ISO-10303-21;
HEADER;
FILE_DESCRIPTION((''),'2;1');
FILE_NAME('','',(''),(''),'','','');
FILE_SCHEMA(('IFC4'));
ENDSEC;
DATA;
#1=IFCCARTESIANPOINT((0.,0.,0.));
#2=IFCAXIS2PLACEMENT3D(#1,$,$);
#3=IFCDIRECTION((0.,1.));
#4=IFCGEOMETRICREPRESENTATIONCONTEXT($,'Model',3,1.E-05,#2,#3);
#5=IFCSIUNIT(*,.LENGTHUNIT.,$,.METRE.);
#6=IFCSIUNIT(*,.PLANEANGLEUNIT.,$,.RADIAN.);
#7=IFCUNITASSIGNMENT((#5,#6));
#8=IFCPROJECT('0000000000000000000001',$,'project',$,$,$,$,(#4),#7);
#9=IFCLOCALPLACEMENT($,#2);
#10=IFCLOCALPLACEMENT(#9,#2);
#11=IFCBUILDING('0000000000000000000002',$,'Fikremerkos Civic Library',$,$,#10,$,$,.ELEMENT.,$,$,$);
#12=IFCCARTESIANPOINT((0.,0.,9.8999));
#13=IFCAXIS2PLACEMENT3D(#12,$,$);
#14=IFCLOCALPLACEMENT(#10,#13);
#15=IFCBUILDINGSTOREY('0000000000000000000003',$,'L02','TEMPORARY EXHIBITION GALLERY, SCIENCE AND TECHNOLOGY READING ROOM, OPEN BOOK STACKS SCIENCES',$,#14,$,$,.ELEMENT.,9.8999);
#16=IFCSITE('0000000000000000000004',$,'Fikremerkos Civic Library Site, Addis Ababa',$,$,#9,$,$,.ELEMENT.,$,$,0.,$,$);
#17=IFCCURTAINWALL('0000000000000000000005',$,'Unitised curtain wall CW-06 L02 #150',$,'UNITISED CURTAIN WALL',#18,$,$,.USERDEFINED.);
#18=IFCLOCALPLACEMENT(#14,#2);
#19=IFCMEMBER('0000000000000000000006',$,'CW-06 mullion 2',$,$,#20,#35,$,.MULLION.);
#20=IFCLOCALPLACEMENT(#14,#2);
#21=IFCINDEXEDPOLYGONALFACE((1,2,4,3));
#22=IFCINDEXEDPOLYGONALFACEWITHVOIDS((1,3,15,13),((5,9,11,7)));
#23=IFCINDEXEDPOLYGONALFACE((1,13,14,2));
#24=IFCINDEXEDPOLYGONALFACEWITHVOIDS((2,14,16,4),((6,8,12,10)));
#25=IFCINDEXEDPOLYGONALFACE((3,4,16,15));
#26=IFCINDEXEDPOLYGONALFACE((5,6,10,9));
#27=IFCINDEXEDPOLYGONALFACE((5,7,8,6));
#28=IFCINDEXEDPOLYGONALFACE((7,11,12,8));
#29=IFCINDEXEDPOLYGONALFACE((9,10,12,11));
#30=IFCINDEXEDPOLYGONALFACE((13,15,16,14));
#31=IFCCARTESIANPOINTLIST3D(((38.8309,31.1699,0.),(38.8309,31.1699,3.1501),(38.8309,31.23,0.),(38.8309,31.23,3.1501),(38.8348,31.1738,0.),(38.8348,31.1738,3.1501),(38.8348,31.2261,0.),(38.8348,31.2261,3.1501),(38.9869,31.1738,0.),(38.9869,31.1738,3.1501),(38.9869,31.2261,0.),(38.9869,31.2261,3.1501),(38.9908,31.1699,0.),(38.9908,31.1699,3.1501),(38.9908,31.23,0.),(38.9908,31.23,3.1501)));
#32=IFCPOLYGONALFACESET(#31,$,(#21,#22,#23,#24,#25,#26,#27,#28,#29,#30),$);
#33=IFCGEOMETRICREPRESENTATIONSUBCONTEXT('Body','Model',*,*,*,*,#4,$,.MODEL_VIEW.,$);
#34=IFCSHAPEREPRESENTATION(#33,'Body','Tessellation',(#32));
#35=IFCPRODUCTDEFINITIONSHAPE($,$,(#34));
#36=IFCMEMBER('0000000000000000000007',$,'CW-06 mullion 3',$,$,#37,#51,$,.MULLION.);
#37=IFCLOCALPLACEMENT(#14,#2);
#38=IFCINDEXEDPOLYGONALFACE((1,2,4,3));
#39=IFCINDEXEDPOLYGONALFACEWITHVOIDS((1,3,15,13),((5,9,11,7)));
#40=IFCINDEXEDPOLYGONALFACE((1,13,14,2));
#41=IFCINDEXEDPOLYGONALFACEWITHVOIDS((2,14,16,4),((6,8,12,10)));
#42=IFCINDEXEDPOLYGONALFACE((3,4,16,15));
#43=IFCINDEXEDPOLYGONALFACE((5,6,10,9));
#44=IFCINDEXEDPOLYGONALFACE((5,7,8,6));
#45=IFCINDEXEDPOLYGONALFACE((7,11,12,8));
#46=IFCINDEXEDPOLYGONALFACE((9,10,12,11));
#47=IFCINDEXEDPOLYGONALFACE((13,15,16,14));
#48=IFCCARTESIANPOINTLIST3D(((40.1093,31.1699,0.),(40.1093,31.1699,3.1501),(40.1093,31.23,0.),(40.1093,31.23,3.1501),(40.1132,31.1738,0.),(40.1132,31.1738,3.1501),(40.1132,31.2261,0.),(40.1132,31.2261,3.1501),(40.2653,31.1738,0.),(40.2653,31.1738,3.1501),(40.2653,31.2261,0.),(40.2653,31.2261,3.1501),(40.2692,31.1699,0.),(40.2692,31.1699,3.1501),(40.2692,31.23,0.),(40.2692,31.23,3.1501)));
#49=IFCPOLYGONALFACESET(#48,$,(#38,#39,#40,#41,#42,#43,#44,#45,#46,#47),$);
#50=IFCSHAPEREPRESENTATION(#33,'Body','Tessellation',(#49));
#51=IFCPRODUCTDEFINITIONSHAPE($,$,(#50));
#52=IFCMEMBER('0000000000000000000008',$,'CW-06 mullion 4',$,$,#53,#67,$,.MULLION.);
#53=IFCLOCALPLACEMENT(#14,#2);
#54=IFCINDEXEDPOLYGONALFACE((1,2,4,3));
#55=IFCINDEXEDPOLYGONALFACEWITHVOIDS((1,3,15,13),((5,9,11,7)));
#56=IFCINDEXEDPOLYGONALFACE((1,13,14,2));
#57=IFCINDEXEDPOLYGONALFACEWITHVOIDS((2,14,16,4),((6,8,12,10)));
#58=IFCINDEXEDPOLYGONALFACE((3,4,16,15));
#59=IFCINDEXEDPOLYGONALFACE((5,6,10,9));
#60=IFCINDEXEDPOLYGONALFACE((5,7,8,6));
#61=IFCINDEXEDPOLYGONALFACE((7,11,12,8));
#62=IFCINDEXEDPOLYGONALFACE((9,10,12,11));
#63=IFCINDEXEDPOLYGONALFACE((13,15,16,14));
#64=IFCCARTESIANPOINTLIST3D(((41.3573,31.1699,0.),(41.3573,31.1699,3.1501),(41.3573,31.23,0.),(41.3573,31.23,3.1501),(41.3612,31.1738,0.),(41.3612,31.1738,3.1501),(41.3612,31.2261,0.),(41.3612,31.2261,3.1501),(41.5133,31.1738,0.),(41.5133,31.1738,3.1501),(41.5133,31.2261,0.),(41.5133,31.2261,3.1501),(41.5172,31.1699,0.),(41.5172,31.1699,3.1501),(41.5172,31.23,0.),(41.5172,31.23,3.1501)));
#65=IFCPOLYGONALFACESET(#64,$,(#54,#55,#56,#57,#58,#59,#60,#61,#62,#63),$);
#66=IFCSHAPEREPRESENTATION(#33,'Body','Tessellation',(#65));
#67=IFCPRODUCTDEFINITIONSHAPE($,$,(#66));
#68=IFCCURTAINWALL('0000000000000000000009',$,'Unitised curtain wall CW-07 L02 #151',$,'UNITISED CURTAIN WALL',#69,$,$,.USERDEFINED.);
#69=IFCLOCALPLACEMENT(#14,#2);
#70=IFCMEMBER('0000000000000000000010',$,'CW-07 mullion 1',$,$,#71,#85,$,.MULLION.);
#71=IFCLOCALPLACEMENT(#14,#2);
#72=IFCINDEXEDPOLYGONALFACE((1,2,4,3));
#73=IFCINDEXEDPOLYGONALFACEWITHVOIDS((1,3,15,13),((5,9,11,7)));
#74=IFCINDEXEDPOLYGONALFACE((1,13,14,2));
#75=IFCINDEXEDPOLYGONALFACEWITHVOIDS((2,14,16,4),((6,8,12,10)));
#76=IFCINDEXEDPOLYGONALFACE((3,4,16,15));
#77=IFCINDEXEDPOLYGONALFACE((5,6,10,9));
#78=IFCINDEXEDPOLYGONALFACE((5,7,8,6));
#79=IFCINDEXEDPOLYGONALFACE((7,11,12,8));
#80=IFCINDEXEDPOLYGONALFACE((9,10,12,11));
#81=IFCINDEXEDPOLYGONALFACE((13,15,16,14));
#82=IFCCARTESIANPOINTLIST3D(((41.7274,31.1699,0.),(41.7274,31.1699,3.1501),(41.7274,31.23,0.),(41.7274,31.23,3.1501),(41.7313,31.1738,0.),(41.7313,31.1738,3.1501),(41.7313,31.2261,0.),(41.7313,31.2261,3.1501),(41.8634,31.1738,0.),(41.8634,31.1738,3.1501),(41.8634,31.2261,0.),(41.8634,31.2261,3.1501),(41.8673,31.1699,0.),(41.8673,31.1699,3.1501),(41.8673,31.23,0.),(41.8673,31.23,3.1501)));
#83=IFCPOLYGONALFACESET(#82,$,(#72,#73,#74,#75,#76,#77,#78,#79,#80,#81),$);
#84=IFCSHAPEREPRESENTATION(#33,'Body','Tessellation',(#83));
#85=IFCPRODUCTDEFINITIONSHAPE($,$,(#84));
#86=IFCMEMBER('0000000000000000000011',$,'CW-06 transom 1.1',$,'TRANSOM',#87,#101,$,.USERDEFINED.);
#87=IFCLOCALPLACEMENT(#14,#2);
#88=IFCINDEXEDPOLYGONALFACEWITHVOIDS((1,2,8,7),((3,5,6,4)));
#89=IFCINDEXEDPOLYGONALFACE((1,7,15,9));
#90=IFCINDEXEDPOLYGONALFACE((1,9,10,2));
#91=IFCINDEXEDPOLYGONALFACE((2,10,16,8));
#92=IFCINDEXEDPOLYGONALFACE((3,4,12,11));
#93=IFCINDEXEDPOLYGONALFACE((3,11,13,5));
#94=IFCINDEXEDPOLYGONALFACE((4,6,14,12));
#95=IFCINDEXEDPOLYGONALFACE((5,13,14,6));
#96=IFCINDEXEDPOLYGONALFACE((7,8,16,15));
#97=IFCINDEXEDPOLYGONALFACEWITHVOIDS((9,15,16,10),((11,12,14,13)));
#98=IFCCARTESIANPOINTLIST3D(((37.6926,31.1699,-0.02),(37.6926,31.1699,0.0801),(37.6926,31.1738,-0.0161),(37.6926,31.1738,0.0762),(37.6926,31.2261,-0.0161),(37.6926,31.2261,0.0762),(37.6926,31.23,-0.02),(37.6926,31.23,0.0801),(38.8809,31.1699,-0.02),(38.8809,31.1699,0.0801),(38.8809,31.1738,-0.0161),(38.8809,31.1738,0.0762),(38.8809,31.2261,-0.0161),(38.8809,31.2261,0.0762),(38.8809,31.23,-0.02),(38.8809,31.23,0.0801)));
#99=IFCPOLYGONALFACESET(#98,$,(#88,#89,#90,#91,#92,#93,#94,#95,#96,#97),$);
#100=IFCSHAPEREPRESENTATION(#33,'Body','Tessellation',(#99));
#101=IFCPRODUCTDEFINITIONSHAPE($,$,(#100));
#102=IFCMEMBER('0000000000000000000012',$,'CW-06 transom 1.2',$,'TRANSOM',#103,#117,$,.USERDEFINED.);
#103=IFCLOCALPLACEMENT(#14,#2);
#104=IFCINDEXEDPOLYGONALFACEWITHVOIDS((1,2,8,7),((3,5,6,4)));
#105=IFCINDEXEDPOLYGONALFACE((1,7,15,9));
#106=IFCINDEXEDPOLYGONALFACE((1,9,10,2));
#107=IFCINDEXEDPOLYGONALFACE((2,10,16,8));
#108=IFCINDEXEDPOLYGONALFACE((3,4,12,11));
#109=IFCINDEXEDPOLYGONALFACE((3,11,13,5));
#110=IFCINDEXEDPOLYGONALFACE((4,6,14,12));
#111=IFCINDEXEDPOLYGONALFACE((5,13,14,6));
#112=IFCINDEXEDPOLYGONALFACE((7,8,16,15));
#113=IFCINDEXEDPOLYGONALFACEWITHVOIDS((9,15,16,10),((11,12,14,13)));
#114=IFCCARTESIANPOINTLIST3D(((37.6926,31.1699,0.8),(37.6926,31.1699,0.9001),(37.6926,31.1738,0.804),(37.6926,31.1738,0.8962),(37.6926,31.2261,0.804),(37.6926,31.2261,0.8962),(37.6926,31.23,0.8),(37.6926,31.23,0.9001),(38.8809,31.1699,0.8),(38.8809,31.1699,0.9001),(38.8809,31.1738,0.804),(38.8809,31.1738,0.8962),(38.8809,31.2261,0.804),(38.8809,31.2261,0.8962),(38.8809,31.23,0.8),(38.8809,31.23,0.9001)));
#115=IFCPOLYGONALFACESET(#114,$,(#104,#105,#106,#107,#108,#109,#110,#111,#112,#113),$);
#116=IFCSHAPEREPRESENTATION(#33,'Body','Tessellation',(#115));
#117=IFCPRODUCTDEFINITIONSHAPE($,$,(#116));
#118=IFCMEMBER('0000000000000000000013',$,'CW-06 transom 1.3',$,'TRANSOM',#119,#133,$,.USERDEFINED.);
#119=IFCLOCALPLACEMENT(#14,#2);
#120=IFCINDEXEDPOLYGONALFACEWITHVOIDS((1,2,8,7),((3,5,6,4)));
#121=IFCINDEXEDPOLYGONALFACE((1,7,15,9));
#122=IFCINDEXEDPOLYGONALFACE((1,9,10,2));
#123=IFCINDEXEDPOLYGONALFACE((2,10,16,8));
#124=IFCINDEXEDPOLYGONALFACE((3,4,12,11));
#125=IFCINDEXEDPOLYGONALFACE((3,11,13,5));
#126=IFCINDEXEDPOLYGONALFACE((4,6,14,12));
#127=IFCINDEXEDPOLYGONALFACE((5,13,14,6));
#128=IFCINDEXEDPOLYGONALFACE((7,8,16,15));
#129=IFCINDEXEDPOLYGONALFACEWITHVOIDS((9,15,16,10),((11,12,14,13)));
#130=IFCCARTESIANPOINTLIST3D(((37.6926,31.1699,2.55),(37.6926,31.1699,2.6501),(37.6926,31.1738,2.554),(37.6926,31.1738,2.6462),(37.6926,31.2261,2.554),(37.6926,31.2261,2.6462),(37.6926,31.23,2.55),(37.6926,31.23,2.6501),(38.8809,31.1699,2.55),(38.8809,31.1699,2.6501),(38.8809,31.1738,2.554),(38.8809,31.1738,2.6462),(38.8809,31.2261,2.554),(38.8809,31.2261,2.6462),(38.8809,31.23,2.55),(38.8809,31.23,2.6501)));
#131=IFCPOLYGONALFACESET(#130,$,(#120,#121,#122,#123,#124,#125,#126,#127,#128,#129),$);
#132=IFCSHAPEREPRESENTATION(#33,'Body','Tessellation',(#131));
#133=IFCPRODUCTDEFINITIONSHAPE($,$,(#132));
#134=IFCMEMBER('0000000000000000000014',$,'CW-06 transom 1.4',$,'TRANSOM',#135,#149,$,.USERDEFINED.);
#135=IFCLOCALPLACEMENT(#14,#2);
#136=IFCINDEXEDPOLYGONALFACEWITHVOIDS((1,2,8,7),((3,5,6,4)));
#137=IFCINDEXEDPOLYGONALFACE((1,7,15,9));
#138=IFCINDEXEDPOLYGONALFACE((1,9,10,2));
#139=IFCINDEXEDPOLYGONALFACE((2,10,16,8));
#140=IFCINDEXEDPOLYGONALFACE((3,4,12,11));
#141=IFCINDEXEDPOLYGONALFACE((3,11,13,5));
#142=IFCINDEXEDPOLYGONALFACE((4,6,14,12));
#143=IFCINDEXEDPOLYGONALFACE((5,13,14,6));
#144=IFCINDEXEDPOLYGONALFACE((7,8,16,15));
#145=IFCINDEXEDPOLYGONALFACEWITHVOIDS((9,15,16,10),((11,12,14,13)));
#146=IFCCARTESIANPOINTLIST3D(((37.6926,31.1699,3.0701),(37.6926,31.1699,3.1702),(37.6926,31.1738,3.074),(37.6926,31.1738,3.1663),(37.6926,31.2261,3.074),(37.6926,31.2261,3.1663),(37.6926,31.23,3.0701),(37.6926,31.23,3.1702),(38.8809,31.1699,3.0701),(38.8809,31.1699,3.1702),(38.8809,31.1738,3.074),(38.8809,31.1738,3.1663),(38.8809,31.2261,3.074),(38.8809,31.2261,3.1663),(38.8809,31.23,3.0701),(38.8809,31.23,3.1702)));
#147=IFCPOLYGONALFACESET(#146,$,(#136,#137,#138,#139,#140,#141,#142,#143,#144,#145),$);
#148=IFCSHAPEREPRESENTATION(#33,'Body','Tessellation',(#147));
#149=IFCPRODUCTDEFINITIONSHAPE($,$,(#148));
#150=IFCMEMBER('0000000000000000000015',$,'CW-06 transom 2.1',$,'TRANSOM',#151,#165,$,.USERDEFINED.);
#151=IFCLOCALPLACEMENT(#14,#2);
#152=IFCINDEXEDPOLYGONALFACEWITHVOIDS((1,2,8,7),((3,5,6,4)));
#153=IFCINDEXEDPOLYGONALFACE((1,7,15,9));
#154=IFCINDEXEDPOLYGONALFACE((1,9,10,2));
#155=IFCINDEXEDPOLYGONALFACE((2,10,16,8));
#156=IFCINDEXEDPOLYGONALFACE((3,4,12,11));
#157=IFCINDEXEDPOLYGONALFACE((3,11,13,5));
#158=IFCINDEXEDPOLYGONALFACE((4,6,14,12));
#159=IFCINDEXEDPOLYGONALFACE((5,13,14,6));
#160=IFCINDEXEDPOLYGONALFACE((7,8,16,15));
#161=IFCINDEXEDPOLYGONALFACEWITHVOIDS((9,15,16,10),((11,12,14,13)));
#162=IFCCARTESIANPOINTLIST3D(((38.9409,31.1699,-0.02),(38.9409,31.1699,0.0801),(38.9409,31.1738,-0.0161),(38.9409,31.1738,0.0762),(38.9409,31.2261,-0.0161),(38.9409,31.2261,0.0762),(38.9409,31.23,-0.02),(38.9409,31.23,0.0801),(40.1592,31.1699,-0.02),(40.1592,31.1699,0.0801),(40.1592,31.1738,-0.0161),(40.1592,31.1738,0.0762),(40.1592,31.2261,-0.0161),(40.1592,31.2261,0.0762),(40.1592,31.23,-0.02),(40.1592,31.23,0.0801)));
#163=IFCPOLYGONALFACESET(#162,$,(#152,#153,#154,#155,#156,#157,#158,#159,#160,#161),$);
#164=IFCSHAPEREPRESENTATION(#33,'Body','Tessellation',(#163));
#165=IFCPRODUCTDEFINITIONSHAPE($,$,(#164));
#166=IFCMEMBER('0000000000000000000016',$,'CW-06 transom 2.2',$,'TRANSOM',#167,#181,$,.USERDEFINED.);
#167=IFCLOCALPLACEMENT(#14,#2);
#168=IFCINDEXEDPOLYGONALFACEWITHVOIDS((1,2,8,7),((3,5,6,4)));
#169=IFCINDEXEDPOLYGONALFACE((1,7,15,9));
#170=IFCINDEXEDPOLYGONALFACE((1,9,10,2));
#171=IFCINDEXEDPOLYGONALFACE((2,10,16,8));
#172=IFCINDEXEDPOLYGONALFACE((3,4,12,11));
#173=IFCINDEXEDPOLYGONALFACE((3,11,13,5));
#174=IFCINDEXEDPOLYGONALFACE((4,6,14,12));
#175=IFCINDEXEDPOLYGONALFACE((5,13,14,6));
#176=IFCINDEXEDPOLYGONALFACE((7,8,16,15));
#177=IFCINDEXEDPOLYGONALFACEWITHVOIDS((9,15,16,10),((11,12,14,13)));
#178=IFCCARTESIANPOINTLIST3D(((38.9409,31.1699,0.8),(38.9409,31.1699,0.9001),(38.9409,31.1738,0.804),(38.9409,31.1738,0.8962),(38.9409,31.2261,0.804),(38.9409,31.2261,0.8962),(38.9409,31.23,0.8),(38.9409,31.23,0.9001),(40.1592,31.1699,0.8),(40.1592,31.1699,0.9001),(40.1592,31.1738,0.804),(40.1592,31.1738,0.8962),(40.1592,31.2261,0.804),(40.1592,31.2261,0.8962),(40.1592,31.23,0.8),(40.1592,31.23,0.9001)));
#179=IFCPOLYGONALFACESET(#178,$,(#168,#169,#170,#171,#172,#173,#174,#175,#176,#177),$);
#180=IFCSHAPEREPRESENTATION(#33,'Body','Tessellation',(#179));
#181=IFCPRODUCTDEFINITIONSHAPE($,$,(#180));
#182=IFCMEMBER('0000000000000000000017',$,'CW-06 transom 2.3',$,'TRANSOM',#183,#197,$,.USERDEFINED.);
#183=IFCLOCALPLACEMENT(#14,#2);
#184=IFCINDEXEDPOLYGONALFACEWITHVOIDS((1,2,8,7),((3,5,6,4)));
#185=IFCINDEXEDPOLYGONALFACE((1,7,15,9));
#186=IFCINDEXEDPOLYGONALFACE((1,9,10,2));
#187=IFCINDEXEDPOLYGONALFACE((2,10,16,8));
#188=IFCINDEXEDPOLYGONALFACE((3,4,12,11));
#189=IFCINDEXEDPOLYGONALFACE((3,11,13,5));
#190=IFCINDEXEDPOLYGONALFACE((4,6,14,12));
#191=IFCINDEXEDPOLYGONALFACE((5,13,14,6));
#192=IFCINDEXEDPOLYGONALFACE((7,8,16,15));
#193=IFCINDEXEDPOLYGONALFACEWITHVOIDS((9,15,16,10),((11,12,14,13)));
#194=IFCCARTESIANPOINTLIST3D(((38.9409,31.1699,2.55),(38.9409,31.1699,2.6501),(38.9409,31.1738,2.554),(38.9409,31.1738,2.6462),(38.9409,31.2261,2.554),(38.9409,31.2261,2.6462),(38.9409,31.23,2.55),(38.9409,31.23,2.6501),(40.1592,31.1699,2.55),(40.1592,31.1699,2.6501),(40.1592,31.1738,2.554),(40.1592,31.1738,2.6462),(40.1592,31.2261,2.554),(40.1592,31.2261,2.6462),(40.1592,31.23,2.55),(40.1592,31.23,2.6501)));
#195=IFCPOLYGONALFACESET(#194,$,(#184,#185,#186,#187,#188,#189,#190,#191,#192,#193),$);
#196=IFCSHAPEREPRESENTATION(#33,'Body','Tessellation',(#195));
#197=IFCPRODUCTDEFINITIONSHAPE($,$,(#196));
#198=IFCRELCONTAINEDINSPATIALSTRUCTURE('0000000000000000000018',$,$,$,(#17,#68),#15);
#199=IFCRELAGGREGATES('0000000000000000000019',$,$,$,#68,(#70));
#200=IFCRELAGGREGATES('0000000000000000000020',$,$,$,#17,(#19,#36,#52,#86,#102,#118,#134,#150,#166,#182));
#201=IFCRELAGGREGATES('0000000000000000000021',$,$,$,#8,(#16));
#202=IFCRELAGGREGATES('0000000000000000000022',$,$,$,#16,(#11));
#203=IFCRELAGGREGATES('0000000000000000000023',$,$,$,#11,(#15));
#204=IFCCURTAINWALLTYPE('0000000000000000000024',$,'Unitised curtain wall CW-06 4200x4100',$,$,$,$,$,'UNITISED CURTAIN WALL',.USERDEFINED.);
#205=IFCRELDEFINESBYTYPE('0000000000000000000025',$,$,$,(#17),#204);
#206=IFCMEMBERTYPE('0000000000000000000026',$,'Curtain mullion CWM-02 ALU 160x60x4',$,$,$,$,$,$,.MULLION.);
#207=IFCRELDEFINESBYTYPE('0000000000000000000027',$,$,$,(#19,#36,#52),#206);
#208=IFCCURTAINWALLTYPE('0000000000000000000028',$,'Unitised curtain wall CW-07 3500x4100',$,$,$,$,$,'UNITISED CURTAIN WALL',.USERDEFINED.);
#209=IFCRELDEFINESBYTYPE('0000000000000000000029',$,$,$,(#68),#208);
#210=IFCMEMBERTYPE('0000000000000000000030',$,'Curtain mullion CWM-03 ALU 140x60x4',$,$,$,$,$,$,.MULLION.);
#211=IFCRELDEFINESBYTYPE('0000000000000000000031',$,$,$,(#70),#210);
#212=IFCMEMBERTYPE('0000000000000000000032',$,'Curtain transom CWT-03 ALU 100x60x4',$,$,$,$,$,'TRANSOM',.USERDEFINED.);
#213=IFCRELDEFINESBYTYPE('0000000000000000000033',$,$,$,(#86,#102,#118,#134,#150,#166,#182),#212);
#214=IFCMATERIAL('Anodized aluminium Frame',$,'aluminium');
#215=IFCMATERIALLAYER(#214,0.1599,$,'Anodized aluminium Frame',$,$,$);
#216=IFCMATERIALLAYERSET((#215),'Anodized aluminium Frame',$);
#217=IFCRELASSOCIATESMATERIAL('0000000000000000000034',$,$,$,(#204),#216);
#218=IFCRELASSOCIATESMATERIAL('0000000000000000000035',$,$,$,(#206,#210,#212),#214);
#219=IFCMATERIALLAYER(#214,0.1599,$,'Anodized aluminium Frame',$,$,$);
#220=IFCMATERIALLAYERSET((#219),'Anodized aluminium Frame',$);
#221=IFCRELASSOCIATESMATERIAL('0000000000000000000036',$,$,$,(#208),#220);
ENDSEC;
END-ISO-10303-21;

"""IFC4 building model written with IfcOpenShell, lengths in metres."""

from ifc_helpers import new_model, si_unit, direction, frame, origin, origin_2d, place, context, subcontext, project, spatial, hollow_rectangle, extrude, material, layer, layer_set, material_profile, profile_set, type_object, element, aggregate, save


model = new_model("IFC4")

# Units and contexts
model_context = context("Model", 3, precision=1e-05, world=origin(), true_north=direction((0.0, 1.0)))
body_context = subcontext(model_context, "Body", "Model", "MODEL_VIEW")
ifc_project = project(units=[si_unit("LENGTHUNIT", "METRE"), si_unit("PLANEANGLEUNIT", "RADIAN")], contexts=[model_context])

# Site, building, storey
site_placement = place(None, origin())
site = spatial("IfcSite", under=ifc_project, at=site_placement, Name="Fikremerkos Civic Library Site, Addis Ababa", CompositionType="ELEMENT", RefElevation=0.0)
building_placement = place(site_placement, origin())
building = spatial("IfcBuilding", under=site, at=building_placement, Name="Fikremerkos Civic Library", CompositionType="ELEMENT")
storey_placement = place(building_placement, frame((0.0, 0.0, 9.8999)))
storey = spatial("IfcBuildingStorey", under=building, at=storey_placement, Name="L02", Description="TEMPORARY EXHIBITION GALLERY, SCIENCE AND TECHNOLOGY READING ROOM, OPEN BOOK STACKS SCIENCES", CompositionType="ELEMENT", Elevation=9.8999)

# Curtain wall, members
ifc_material_1 = material(Name="Anodized aluminium Frame", Category="aluminium")
ifc_layer_1 = layer(ifc_material_1, 0.1599, Name="Anodized aluminium Frame")
ifc_layer_set_1 = layer_set([ifc_layer_1], Name="Anodized aluminium Frame")
curtain_wall_type_1 = type_object("IfcCurtainWallType", Name="Unitised curtain wall CW-06 4200x4100", ElementType="UNITISED CURTAIN WALL", PredefinedType="USERDEFINED", material=ifc_layer_set_1)
curtain_wall_1_placement = place(storey_placement, origin())
curtain_wall_1 = element("IfcCurtainWall", 1, at=curtain_wall_1_placement, inside=storey, type_object=curtain_wall_type_1, Name="Unitised curtain wall CW-06 L02 #150", ObjectType="UNITISED CURTAIN WALL", PredefinedType="USERDEFINED")
ifc_material_profile_1 = material_profile(ifc_material_1, hollow_rectangle(XDim=0.0601, YDim=0.1599, WallThickness=0.0039, at=origin_2d()), Name="ALU 160x60x4")
ifc_profile_set_1 = profile_set([ifc_material_profile_1], Name="Anodized aluminium Frame")
member_type_1 = type_object("IfcMemberType", Name="Curtain mullion CWM-02 ALU 160x60x4", PredefinedType="MULLION", material=ifc_profile_set_1)
member_1_placement = place(storey_placement, frame((38.9109, 31.2, 0.0), z_axis=(0.0, 0.0, 1.0), x_axis=(0.0, 1.0, 0.0)))
member_1 = element("IfcMember", 2, at=member_1_placement, type_object=member_type_1, Name="CW-06 mullion 2", PredefinedType="MULLION", context=body_context, shape_type="SweptSolid", body=[
    extrude(hollow_rectangle(XDim=0.0601, YDim=0.1599, WallThickness=0.0039, at=origin_2d()), origin(), (0.0, 0.0, 1.0), 3.1501),
])
member_2_placement = place(storey_placement, frame((40.1892, 31.2, 0.0), z_axis=(0.0, 0.0, 1.0), x_axis=(0.0, 1.0, 0.0)))
member_2 = element("IfcMember", 3, at=member_2_placement, type_object=member_type_1, Name="CW-06 mullion 3", PredefinedType="MULLION", context=body_context, shape_type="SweptSolid", body=[
    extrude(hollow_rectangle(XDim=0.0601, YDim=0.1599, WallThickness=0.0039, at=origin_2d()), origin(), (0.0, 0.0, 1.0), 3.1501),
])
member_3_placement = place(storey_placement, frame((41.4373, 31.2, 0.0), z_axis=(0.0, 0.0, 1.0), x_axis=(0.0, 1.0, 0.0)))
member_3 = element("IfcMember", 4, at=member_3_placement, type_object=member_type_1, Name="CW-06 mullion 4", PredefinedType="MULLION", context=body_context, shape_type="SweptSolid", body=[
    extrude(hollow_rectangle(XDim=0.0601, YDim=0.1599, WallThickness=0.0039, at=origin_2d()), origin(), (0.0, 0.0, 1.0), 3.1501),
])

# Curtain wall, member
ifc_layer_2 = layer(ifc_material_1, 0.1599, Name="Anodized aluminium Frame")
ifc_layer_set_2 = layer_set([ifc_layer_2], Name="Anodized aluminium Frame")
curtain_wall_type_2 = type_object("IfcCurtainWallType", Name="Unitised curtain wall CW-07 3500x4100", ElementType="UNITISED CURTAIN WALL", PredefinedType="USERDEFINED", material=ifc_layer_set_2)
curtain_wall_2_placement = place(storey_placement, origin())
curtain_wall_2 = element("IfcCurtainWall", 5, at=curtain_wall_2_placement, inside=storey, type_object=curtain_wall_type_2, Name="Unitised curtain wall CW-07 L02 #151", ObjectType="UNITISED CURTAIN WALL", PredefinedType="USERDEFINED")
ifc_material_profile_2 = material_profile(ifc_material_1, hollow_rectangle(XDim=0.0601, YDim=0.1399, WallThickness=0.0039, at=origin_2d()), Name="ALU 140x60x4")
ifc_profile_set_2 = profile_set([ifc_material_profile_2], Name="Anodized aluminium Frame")
member_type_2 = type_object("IfcMemberType", Name="Curtain mullion CWM-03 ALU 140x60x4", PredefinedType="MULLION", material=ifc_profile_set_2)
member_4_placement = place(storey_placement, frame((41.7974, 31.2, 0.0), z_axis=(0.0, 0.0, 1.0), x_axis=(0.0, 1.0, 0.0)))
member_4 = element("IfcMember", 6, at=member_4_placement, type_object=member_type_2, Name="CW-07 mullion 1", PredefinedType="MULLION", context=body_context, shape_type="SweptSolid", body=[
    extrude(hollow_rectangle(XDim=0.0601, YDim=0.1399, WallThickness=0.0039, at=origin_2d()), origin(), (0.0, 0.0, 1.0), 3.1501),
])
aggregate(curtain_wall_2, [member_4])

# Members
ifc_material_profile_3 = material_profile(ifc_material_1, hollow_rectangle(XDim=0.0601, YDim=0.1001, WallThickness=0.0039, at=origin_2d()), Name="ALU 100x60x4")
ifc_profile_set_3 = profile_set([ifc_material_profile_3], Name="Anodized aluminium Frame")
member_type_3 = type_object("IfcMemberType", Name="Curtain transom CWT-03 ALU 100x60x4", ElementType="TRANSOM", PredefinedType="USERDEFINED", material=ifc_profile_set_3)
member_5_placement = place(storey_placement, frame((37.6926, 31.2, 0.03), z_axis=(1.0, 0.0, 0.0), x_axis=(0.0, 1.0, 0.0)))
member_5 = element("IfcMember", 7, at=member_5_placement, type_object=member_type_3, Name="CW-06 transom 1.1", ObjectType="TRANSOM", PredefinedType="USERDEFINED", context=body_context, shape_type="SweptSolid", body=[
    extrude(hollow_rectangle(XDim=0.0601, YDim=0.1001, WallThickness=0.0039, at=origin_2d()), origin(), (0.0, 0.0, 1.0), 1.1882),
])
member_6_placement = place(storey_placement, frame((37.6926, 31.2, 0.8501), z_axis=(1.0, 0.0, 0.0), x_axis=(0.0, 1.0, 0.0)))
member_6 = element("IfcMember", 8, at=member_6_placement, type_object=member_type_3, Name="CW-06 transom 1.2", ObjectType="TRANSOM", PredefinedType="USERDEFINED", context=body_context, shape_type="SweptSolid", body=[
    extrude(hollow_rectangle(XDim=0.0601, YDim=0.1001, WallThickness=0.0039, at=origin_2d()), origin(), (0.0, 0.0, 1.0), 1.1882),
])
member_7_placement = place(storey_placement, frame((37.6926, 31.2, 2.6001), z_axis=(1.0, 0.0, 0.0), x_axis=(0.0, 1.0, 0.0)))
member_7 = element("IfcMember", 9, at=member_7_placement, type_object=member_type_3, Name="CW-06 transom 1.3", ObjectType="TRANSOM", PredefinedType="USERDEFINED", context=body_context, shape_type="SweptSolid", body=[
    extrude(hollow_rectangle(XDim=0.0601, YDim=0.1001, WallThickness=0.0039, at=origin_2d()), origin(), (0.0, 0.0, 1.0), 1.1882),
])
member_8_placement = place(storey_placement, frame((37.6926, 31.2, 3.1201), z_axis=(1.0, 0.0, 0.0), x_axis=(0.0, 1.0, 0.0)))
member_8 = element("IfcMember", 10, at=member_8_placement, type_object=member_type_3, Name="CW-06 transom 1.4", ObjectType="TRANSOM", PredefinedType="USERDEFINED", context=body_context, shape_type="SweptSolid", body=[
    extrude(hollow_rectangle(XDim=0.0601, YDim=0.1001, WallThickness=0.0039, at=origin_2d()), origin(), (0.0, 0.0, 1.0), 1.1882),
])
member_9_placement = place(storey_placement, frame((38.9409, 31.2, 0.03), z_axis=(1.0, 0.0, 0.0), x_axis=(0.0, 1.0, 0.0)))
member_9 = element("IfcMember", 11, at=member_9_placement, type_object=member_type_3, Name="CW-06 transom 2.1", ObjectType="TRANSOM", PredefinedType="USERDEFINED", context=body_context, shape_type="SweptSolid", body=[
    extrude(hollow_rectangle(XDim=0.0601, YDim=0.1001, WallThickness=0.0039, at=origin_2d()), origin(), (0.0, 0.0, 1.0), 1.2183),
])
member_10_placement = place(storey_placement, frame((38.9409, 31.2, 0.8501), z_axis=(1.0, 0.0, 0.0), x_axis=(0.0, 1.0, 0.0)))
member_10 = element("IfcMember", 12, at=member_10_placement, type_object=member_type_3, Name="CW-06 transom 2.2", ObjectType="TRANSOM", PredefinedType="USERDEFINED", context=body_context, shape_type="SweptSolid", body=[
    extrude(hollow_rectangle(XDim=0.0601, YDim=0.1001, WallThickness=0.0039, at=origin_2d()), origin(), (0.0, 0.0, 1.0), 1.2183),
])
member_11_placement = place(storey_placement, frame((38.9409, 31.2, 2.6001), z_axis=(1.0, 0.0, 0.0), x_axis=(0.0, 1.0, 0.0)))
member_11 = element("IfcMember", 13, at=member_11_placement, type_object=member_type_3, Name="CW-06 transom 2.3", ObjectType="TRANSOM", PredefinedType="USERDEFINED", context=body_context, shape_type="SweptSolid", body=[
    extrude(hollow_rectangle(XDim=0.0601, YDim=0.1001, WallThickness=0.0039, at=origin_2d()), origin(), (0.0, 0.0, 1.0), 1.2183),
])

aggregate(curtain_wall_1, [member_1, member_2, member_3, member_5, member_6, member_7, member_8, member_9, member_10, member_11])

save(model, "model.ifc")
